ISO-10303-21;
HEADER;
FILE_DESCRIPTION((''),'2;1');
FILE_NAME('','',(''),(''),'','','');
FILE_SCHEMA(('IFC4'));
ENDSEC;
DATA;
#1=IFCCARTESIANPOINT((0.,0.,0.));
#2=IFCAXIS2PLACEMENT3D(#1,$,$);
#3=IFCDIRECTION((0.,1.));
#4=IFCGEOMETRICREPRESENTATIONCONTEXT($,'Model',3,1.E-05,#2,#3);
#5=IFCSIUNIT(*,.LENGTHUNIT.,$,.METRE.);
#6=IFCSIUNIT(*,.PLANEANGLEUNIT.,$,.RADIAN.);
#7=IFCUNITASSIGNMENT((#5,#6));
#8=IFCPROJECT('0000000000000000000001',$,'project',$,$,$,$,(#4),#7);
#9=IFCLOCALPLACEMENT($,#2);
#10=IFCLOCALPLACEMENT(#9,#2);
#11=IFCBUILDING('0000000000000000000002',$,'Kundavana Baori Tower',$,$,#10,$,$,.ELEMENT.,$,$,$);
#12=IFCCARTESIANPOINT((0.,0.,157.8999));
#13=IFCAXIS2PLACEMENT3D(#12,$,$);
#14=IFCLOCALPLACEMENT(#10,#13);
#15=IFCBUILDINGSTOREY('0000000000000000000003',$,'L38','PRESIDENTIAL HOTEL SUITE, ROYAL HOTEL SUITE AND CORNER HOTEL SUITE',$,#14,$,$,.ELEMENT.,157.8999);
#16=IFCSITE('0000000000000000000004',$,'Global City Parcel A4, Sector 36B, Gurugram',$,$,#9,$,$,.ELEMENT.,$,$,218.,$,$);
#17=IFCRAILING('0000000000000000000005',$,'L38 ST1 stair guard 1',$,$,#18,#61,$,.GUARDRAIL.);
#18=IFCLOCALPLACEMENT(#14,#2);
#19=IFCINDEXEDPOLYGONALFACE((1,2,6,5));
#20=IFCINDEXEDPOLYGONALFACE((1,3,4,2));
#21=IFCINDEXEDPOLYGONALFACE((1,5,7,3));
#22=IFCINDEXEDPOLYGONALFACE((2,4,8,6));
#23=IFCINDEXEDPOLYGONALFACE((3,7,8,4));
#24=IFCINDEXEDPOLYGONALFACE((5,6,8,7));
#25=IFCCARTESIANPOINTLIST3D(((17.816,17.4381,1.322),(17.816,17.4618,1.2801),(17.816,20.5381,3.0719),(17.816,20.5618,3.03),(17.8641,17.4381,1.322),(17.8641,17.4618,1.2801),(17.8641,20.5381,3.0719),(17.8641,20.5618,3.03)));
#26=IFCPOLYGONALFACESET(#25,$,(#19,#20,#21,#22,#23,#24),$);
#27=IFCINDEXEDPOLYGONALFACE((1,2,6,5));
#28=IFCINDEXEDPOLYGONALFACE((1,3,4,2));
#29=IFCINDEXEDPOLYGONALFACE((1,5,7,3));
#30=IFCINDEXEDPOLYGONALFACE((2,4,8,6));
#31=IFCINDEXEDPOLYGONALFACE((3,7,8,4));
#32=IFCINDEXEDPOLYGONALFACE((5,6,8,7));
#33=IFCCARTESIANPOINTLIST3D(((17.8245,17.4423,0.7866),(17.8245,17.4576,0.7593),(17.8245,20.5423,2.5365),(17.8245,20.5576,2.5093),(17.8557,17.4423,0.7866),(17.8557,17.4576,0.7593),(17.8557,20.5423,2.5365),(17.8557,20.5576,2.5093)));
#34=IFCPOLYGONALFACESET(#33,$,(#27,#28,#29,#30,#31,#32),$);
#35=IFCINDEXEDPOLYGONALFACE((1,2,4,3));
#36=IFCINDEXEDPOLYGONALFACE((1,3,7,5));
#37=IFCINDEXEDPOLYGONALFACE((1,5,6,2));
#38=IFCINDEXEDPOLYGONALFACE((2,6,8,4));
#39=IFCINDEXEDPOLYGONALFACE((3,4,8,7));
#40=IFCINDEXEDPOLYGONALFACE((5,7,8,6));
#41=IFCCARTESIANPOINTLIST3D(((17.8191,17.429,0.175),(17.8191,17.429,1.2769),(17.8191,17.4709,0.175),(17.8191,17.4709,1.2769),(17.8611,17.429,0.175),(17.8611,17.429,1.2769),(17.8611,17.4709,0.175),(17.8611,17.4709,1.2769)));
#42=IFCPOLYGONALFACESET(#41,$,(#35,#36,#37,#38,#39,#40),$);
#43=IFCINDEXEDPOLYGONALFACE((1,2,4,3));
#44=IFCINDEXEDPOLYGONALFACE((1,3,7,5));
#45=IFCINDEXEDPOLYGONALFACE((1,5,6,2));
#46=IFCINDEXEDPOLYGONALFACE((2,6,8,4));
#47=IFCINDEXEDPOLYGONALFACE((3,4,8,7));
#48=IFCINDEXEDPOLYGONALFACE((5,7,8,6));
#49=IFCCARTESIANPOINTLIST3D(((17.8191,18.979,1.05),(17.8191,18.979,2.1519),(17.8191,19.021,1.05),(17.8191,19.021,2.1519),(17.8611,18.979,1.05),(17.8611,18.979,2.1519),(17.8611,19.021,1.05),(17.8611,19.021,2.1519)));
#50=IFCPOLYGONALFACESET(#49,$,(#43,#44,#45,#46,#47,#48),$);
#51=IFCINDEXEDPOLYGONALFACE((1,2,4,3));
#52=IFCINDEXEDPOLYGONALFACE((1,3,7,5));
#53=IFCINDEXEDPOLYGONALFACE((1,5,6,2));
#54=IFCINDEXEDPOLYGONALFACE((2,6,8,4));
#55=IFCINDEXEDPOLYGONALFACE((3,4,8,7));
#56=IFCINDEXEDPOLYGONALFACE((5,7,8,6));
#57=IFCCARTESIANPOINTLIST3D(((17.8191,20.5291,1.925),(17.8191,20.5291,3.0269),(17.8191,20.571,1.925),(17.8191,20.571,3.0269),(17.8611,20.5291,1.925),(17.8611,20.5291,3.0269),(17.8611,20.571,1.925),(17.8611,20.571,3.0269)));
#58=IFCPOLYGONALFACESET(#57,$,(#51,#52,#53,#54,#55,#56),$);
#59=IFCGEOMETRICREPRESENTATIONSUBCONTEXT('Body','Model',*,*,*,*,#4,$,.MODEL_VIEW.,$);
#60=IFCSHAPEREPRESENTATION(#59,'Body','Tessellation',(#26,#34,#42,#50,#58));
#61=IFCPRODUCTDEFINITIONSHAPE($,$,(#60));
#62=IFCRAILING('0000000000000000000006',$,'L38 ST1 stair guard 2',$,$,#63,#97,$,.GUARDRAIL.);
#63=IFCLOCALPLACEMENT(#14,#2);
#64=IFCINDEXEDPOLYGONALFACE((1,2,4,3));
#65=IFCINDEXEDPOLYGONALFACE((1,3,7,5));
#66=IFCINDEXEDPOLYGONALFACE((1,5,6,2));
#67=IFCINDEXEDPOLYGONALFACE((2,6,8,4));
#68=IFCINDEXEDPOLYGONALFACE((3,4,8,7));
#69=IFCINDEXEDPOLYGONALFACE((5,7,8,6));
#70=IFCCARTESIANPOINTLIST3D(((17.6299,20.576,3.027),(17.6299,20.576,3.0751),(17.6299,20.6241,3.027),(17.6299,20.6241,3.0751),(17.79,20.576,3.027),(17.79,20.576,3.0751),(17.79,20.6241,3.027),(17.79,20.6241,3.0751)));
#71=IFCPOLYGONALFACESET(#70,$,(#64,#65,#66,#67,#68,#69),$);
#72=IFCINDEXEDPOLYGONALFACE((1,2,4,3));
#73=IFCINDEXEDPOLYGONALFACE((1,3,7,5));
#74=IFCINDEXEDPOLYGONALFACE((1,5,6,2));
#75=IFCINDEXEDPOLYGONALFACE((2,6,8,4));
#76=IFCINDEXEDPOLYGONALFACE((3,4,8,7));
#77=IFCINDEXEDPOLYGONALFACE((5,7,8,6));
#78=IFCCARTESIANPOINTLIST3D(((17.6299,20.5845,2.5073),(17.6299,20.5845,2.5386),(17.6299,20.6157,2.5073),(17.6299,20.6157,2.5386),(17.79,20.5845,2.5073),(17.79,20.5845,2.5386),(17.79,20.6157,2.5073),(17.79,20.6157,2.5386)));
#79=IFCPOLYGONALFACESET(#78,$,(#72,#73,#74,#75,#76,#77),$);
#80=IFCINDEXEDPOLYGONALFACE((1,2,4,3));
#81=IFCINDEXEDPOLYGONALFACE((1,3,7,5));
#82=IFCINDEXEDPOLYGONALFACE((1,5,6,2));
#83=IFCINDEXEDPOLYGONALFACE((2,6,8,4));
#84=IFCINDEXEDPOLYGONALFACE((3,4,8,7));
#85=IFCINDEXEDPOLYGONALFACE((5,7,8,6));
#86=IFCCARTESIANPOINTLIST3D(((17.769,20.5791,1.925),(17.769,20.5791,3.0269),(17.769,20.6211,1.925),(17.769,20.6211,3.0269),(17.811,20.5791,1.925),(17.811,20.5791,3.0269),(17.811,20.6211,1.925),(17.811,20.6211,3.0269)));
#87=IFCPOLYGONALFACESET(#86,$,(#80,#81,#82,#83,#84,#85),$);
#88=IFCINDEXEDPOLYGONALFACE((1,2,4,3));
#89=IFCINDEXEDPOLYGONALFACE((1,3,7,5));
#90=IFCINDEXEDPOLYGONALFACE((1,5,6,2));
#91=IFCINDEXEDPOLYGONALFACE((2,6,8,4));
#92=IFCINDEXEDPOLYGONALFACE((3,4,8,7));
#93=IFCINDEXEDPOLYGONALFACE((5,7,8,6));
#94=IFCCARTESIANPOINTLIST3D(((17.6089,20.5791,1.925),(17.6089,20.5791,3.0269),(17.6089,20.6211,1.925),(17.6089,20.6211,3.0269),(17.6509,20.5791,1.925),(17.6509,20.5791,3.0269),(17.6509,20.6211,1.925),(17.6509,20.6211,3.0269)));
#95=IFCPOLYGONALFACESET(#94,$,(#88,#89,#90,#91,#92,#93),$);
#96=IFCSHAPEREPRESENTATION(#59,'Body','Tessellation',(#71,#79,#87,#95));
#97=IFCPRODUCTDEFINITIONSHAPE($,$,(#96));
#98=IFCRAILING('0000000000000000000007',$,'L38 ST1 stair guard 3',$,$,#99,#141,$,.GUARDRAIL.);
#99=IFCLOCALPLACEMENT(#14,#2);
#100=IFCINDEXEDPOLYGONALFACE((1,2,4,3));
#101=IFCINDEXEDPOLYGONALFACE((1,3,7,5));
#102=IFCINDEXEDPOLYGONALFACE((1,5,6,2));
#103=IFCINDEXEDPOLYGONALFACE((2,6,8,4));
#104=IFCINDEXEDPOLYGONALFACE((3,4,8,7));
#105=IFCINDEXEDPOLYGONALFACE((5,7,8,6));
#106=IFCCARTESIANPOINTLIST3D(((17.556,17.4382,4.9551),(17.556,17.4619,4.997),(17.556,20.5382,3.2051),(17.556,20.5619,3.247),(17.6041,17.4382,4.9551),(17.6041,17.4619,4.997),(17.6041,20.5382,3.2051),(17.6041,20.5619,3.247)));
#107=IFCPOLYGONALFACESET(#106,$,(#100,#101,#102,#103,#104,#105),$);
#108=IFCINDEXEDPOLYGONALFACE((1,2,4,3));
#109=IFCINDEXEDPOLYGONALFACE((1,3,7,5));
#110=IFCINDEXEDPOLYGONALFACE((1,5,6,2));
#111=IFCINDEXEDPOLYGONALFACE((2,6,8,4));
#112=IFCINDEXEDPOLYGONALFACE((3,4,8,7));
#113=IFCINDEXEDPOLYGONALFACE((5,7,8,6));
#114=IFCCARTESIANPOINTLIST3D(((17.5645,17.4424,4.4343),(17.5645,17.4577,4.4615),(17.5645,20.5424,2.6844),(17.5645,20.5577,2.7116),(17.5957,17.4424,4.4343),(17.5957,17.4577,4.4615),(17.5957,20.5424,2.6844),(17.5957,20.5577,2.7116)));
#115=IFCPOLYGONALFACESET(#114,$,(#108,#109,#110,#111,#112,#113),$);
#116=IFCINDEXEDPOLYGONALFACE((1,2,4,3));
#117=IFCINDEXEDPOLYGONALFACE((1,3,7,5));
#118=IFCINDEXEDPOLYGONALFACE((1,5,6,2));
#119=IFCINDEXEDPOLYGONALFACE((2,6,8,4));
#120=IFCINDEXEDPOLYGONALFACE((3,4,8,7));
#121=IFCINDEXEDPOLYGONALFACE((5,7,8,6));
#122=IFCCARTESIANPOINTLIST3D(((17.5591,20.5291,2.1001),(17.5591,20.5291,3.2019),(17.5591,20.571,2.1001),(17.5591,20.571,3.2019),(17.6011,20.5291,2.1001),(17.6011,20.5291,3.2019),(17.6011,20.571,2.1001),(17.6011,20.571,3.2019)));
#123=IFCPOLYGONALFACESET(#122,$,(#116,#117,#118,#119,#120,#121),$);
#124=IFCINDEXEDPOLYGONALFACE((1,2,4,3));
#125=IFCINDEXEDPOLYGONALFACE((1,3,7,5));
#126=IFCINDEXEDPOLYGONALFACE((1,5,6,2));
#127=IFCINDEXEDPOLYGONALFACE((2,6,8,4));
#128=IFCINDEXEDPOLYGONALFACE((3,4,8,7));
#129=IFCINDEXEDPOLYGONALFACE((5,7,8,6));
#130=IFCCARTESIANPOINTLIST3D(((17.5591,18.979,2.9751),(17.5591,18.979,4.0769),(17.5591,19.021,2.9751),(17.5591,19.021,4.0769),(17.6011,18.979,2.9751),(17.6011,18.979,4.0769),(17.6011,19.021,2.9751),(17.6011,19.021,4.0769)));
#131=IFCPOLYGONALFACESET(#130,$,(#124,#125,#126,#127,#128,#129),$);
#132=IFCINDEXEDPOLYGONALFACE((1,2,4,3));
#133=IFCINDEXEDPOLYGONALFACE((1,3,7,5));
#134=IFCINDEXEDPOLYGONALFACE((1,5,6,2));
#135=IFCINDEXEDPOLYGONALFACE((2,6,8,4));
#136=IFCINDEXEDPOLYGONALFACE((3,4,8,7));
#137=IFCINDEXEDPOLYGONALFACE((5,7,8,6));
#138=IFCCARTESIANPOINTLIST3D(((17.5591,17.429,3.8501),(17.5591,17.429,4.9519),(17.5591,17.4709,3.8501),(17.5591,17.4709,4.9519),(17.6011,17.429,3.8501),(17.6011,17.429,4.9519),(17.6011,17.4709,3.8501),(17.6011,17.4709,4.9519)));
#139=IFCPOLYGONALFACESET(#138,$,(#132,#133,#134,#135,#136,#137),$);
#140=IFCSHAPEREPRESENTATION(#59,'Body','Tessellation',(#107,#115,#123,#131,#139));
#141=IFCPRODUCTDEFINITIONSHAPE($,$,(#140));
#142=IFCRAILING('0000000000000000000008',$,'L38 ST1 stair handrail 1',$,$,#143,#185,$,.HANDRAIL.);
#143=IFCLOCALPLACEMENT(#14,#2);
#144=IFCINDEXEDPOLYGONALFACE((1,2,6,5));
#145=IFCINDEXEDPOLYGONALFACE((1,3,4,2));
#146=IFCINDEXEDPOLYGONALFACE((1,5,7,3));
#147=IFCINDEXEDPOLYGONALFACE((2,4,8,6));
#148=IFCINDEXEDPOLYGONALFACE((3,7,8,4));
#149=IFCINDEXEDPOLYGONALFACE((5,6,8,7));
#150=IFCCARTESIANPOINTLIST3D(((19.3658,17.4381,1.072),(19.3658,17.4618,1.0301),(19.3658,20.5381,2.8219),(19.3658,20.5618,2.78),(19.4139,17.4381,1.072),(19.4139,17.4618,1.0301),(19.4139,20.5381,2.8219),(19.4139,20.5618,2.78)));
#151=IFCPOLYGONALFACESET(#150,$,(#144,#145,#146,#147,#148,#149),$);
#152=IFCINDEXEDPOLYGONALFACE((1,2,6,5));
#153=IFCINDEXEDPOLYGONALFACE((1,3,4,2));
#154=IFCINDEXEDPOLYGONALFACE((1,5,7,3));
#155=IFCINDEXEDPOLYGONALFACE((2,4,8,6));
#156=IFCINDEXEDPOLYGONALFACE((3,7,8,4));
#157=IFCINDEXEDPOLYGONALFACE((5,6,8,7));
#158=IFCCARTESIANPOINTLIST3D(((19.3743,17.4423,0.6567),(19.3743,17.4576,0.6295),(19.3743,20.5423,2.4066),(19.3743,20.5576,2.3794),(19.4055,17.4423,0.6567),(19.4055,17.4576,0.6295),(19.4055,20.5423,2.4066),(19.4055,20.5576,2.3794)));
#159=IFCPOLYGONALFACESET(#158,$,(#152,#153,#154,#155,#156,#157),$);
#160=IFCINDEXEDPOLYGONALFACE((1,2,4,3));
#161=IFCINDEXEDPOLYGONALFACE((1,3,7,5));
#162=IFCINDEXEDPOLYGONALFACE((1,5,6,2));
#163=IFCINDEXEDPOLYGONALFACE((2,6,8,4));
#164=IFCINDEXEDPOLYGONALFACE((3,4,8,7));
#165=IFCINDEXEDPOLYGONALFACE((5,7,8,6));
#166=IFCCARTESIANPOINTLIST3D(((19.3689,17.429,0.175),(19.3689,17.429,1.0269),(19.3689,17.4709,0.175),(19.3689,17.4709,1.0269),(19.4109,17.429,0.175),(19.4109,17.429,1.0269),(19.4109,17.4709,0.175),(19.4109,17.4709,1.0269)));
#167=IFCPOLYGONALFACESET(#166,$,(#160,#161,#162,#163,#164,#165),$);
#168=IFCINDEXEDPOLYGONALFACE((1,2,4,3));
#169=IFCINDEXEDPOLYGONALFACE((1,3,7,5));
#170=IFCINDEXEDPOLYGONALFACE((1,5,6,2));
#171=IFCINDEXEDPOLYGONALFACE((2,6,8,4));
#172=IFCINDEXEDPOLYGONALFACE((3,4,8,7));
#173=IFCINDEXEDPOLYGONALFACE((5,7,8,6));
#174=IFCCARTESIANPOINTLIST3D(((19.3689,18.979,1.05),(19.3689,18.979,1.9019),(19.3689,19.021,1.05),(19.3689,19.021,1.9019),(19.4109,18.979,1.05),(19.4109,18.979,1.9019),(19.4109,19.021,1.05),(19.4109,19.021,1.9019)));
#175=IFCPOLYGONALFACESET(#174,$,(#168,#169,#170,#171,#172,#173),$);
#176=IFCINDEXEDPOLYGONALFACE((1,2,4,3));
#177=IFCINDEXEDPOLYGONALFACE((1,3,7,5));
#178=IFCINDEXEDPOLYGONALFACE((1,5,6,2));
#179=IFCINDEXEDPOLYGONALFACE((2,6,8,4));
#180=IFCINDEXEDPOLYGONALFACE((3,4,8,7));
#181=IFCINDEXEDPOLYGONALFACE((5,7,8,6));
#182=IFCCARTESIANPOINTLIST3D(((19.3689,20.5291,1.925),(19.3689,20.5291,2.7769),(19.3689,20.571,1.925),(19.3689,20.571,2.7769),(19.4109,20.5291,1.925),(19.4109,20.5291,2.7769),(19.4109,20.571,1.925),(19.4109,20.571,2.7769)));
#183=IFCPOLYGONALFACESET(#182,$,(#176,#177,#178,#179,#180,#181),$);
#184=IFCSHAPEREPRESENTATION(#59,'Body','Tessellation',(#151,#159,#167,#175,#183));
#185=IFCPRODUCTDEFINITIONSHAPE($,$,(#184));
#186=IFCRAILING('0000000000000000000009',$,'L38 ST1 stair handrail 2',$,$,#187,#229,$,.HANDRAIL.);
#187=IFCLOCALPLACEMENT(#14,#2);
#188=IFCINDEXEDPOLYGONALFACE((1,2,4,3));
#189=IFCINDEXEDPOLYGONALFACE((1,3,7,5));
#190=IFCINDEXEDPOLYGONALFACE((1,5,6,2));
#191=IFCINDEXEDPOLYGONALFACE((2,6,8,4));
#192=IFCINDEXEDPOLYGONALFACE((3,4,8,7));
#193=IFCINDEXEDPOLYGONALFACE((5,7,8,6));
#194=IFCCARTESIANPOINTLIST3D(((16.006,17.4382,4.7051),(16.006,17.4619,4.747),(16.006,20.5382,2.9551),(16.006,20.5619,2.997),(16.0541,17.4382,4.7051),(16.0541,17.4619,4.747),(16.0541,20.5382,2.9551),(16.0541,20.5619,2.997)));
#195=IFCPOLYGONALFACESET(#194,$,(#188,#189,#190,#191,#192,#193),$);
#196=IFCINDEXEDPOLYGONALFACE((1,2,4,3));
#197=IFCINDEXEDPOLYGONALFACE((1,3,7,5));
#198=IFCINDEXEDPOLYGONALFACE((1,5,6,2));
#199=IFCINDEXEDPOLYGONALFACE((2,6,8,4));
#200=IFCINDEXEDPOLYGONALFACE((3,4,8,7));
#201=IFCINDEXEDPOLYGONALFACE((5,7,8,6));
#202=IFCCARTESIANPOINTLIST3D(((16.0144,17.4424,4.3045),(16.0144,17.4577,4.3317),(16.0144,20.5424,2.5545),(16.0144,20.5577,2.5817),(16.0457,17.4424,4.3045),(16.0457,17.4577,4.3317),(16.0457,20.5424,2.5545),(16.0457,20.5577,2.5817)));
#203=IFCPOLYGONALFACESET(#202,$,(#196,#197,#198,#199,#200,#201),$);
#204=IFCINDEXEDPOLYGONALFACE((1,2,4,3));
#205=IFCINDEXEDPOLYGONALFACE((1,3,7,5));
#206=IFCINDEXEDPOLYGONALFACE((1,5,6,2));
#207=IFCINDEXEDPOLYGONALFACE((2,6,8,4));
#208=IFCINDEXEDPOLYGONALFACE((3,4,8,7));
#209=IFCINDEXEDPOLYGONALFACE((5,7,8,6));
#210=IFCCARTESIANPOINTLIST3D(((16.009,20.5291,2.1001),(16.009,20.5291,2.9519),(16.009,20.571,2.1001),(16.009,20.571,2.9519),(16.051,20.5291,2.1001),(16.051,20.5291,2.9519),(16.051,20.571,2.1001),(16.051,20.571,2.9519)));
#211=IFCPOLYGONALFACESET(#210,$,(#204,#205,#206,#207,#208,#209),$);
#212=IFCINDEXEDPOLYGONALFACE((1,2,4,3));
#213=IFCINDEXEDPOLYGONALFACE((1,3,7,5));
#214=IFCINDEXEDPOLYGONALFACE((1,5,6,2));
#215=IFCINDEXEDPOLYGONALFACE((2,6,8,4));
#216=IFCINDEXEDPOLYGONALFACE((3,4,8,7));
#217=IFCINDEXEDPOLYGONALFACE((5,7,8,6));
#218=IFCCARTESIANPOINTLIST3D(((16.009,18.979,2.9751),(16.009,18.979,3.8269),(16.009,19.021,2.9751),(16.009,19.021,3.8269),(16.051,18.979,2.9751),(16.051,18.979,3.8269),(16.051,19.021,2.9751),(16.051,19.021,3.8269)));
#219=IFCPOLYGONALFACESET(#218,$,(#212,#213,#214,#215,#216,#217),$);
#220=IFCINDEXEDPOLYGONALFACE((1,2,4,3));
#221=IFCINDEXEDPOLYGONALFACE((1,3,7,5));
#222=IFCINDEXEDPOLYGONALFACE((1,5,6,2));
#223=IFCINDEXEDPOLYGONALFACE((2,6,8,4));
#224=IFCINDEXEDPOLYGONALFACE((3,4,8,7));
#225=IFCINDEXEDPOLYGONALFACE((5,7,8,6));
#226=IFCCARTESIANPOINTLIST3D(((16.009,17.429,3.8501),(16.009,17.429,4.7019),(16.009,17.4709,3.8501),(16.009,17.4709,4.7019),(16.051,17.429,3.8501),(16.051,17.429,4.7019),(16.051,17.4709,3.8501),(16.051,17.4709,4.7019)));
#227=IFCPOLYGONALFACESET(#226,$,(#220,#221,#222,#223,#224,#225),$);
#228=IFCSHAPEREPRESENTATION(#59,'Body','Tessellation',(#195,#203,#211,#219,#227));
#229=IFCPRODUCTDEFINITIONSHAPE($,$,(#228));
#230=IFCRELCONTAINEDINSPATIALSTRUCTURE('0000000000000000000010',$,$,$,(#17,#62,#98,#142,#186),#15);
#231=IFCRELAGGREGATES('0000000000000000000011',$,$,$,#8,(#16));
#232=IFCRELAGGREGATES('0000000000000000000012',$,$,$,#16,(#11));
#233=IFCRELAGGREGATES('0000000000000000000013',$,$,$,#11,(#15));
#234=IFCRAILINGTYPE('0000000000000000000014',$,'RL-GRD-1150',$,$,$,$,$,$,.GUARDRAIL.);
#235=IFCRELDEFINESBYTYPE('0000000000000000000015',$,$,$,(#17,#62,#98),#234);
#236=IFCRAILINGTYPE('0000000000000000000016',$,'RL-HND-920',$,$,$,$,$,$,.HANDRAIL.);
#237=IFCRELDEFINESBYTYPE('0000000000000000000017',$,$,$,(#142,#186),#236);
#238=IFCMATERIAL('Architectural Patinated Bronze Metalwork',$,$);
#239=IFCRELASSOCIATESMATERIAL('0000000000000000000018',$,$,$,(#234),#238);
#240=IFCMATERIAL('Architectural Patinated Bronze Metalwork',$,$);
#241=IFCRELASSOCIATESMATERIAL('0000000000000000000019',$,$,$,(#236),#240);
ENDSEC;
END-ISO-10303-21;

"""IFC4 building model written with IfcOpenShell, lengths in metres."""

from ifc_helpers import new_model, si_unit, direction, frame, origin, origin_2d, place, context, subcontext, project, spatial, rectangle, extrude, material, type_object, element, save


model = new_model("IFC4")

# Units and contexts
model_context = context("Model", 3, precision=1e-05, world=origin(), true_north=direction((0.0, 1.0)))
body_context = subcontext(model_context, "Body", "Model", "MODEL_VIEW")
ifc_project = project(units=[si_unit("LENGTHUNIT", "METRE"), si_unit("PLANEANGLEUNIT", "RADIAN")], contexts=[model_context])

# Site, building, storey
site_placement = place(None, origin())
site = spatial("IfcSite", under=ifc_project, at=site_placement, Name="Global City Parcel A4, Sector 36B, Gurugram", CompositionType="ELEMENT", RefElevation=218.0)
building_placement = place(site_placement, origin())
building = spatial("IfcBuilding", under=site, at=building_placement, Name="Kundavana Baori Tower", CompositionType="ELEMENT")
storey_placement = place(building_placement, frame((0.0, 0.0, 157.8999)))
storey = spatial("IfcBuildingStorey", under=building, at=storey_placement, Name="L38", Description="PRESIDENTIAL HOTEL SUITE, ROYAL HOTEL SUITE AND CORNER HOTEL SUITE", CompositionType="ELEMENT", Elevation=157.8999)

# Railings
ifc_material_1 = material(Name="Architectural Patinated Bronze Metalwork")
railing_type_1 = type_object("IfcRailingType", Name="RL-GRD-1150", PredefinedType="GUARDRAIL", material=ifc_material_1)
railing_1_placement = place(storey_placement, frame((17.8401, 17.45, 0.175)))
element("IfcRailing", 1, at=railing_1_placement, inside=storey, type_object=railing_type_1, Name="L38 ST1 stair guard 1", PredefinedType="GUARDRAIL", context=body_context, shape_type="SweptSolid", body=[
    extrude(rectangle(XDim=0.0481, YDim=0.0481, at=origin_2d()), frame((0.0, 0.0, 1.126), z_axis=(0.0, 0.870831, 0.491583), x_axis=(-1.0, 0.0, 0.0)), (0.0, 0.0, 1.0), 3.5598),
    extrude(rectangle(XDim=0.0312, YDim=0.0312, at=origin_2d()), frame((0.0, 0.0, 0.5979), z_axis=(0.0, 0.870831, 0.491583), x_axis=(-1.0, 0.0, 0.0)), (0.0, 0.0, 1.0), 3.5598),
    extrude(rectangle(XDim=0.042, YDim=0.042, at=origin_2d()), origin(), (0.0, 0.0, 1.0), 1.1018),
    extrude(rectangle(XDim=0.042, YDim=0.042, at=origin_2d()), frame((0.0, 1.55, 0.875)), (0.0, 0.0, 1.0), 1.1018),
    extrude(rectangle(XDim=0.042, YDim=0.042, at=origin_2d()), frame((0.0, 3.1001, 1.75)), (0.0, 0.0, 1.0), 1.1018),
])
railing_2_placement = place(storey_placement, frame((17.79, 20.6001, 1.925)))
element("IfcRailing", 2, at=railing_2_placement, inside=storey, type_object=railing_type_1, Name="L38 ST1 stair guard 2", PredefinedType="GUARDRAIL", context=body_context, shape_type="SweptSolid", body=[
    extrude(rectangle(XDim=0.0481, YDim=0.0481, at=origin_2d()), frame((0.0, 0.0, 1.126), z_axis=(-1.0, 0.0, 0.0), x_axis=(0.0, -1.0, 0.0)), (0.0, 0.0, 1.0), 0.1602),
    extrude(rectangle(XDim=0.0312, YDim=0.0312, at=origin_2d()), frame((0.0, 0.0, 0.5979), z_axis=(-1.0, 0.0, 0.0), x_axis=(0.0, -1.0, 0.0)), (0.0, 0.0, 1.0), 0.1602),
    extrude(rectangle(XDim=0.042, YDim=0.042, at=origin_2d()), origin(), (0.0, 0.0, 1.0), 1.1018),
    extrude(rectangle(XDim=0.042, YDim=0.042, at=origin_2d()), frame((-0.1602, 0.0, 0.0)), (0.0, 0.0, 1.0), 1.1018),
])
railing_3_placement = place(storey_placement, frame((17.5801, 20.55, 2.1001)))
element("IfcRailing", 3, at=railing_3_placement, inside=storey, type_object=railing_type_1, Name="L38 ST1 stair guard 3", PredefinedType="GUARDRAIL", context=body_context, shape_type="SweptSolid", body=[
    extrude(rectangle(XDim=0.0481, YDim=0.0481, at=origin_2d()), frame((0.0, 0.0, 1.126), z_axis=(0.0, -0.870831, 0.491583), x_axis=(1.0, 0.0, 0.0)), (0.0, 0.0, 1.0), 3.5598),
    extrude(rectangle(XDim=0.0312, YDim=0.0312, at=origin_2d()), frame((0.0, 0.0, 0.5979), z_axis=(0.0, -0.870831, 0.491583), x_axis=(1.0, 0.0, 0.0)), (0.0, 0.0, 1.0), 3.5598),
    extrude(rectangle(XDim=0.042, YDim=0.042, at=origin_2d()), origin(), (0.0, 0.0, 1.0), 1.1018),
    extrude(rectangle(XDim=0.042, YDim=0.042, at=origin_2d()), frame((0.0, -1.55, 0.875)), (0.0, 0.0, 1.0), 1.1018),
    extrude(rectangle(XDim=0.042, YDim=0.042, at=origin_2d()), frame((0.0, -3.1001, 1.75)), (0.0, 0.0, 1.0), 1.1018),
])
ifc_material_2 = material(Name="Architectural Patinated Bronze Metalwork")
railing_type_2 = type_object("IfcRailingType", Name="RL-HND-920", PredefinedType="HANDRAIL", material=ifc_material_2)
railing_4_placement = place(storey_placement, frame((19.3899, 17.45, 0.175)))
element("IfcRailing", 4, at=railing_4_placement, inside=storey, type_object=railing_type_2, Name="L38 ST1 stair handrail 1", PredefinedType="HANDRAIL", context=body_context, shape_type="SweptSolid", body=[
    extrude(rectangle(XDim=0.0481, YDim=0.0481, at=origin_2d()), frame((0.0, 0.0, 0.876), z_axis=(0.0, 0.870831, 0.491583), x_axis=(-1.0, 0.0, 0.0)), (0.0, 0.0, 1.0), 3.5598),
    extrude(rectangle(XDim=0.0312, YDim=0.0312, at=origin_2d()), frame((0.0, 0.0, 0.468), z_axis=(0.0, 0.870831, 0.491583), x_axis=(-1.0, 0.0, 0.0)), (0.0, 0.0, 1.0), 3.5598),
    extrude(rectangle(XDim=0.042, YDim=0.042, at=origin_2d()), origin(), (0.0, 0.0, 1.0), 0.8518),
    extrude(rectangle(XDim=0.042, YDim=0.042, at=origin_2d()), frame((0.0, 1.55, 0.875)), (0.0, 0.0, 1.0), 0.8518),
    extrude(rectangle(XDim=0.042, YDim=0.042, at=origin_2d()), frame((0.0, 3.1001, 1.75)), (0.0, 0.0, 1.0), 0.8518),
])
railing_5_placement = place(storey_placement, frame((16.03, 20.55, 2.1001)))
element("IfcRailing", 5, at=railing_5_placement, inside=storey, type_object=railing_type_2, Name="L38 ST1 stair handrail 2", PredefinedType="HANDRAIL", context=body_context, shape_type="SweptSolid", body=[
    extrude(rectangle(XDim=0.0481, YDim=0.0481, at=origin_2d()), frame((0.0, 0.0, 0.876), z_axis=(0.0, -0.870831, 0.491583), x_axis=(1.0, 0.0, 0.0)), (0.0, 0.0, 1.0), 3.5598),
    extrude(rectangle(XDim=0.0312, YDim=0.0312, at=origin_2d()), frame((0.0, 0.0, 0.468), z_axis=(0.0, -0.870831, 0.491583), x_axis=(1.0, 0.0, 0.0)), (0.0, 0.0, 1.0), 3.5598),
    extrude(rectangle(XDim=0.042, YDim=0.042, at=origin_2d()), origin(), (0.0, 0.0, 1.0), 0.8518),
    extrude(rectangle(XDim=0.042, YDim=0.042, at=origin_2d()), frame((0.0, -1.55, 0.875)), (0.0, 0.0, 1.0), 0.8518),
    extrude(rectangle(XDim=0.042, YDim=0.042, at=origin_2d()), frame((0.0, -3.1001, 1.75)), (0.0, 0.0, 1.0), 0.8518),
])

save(model, "model.ifc")
